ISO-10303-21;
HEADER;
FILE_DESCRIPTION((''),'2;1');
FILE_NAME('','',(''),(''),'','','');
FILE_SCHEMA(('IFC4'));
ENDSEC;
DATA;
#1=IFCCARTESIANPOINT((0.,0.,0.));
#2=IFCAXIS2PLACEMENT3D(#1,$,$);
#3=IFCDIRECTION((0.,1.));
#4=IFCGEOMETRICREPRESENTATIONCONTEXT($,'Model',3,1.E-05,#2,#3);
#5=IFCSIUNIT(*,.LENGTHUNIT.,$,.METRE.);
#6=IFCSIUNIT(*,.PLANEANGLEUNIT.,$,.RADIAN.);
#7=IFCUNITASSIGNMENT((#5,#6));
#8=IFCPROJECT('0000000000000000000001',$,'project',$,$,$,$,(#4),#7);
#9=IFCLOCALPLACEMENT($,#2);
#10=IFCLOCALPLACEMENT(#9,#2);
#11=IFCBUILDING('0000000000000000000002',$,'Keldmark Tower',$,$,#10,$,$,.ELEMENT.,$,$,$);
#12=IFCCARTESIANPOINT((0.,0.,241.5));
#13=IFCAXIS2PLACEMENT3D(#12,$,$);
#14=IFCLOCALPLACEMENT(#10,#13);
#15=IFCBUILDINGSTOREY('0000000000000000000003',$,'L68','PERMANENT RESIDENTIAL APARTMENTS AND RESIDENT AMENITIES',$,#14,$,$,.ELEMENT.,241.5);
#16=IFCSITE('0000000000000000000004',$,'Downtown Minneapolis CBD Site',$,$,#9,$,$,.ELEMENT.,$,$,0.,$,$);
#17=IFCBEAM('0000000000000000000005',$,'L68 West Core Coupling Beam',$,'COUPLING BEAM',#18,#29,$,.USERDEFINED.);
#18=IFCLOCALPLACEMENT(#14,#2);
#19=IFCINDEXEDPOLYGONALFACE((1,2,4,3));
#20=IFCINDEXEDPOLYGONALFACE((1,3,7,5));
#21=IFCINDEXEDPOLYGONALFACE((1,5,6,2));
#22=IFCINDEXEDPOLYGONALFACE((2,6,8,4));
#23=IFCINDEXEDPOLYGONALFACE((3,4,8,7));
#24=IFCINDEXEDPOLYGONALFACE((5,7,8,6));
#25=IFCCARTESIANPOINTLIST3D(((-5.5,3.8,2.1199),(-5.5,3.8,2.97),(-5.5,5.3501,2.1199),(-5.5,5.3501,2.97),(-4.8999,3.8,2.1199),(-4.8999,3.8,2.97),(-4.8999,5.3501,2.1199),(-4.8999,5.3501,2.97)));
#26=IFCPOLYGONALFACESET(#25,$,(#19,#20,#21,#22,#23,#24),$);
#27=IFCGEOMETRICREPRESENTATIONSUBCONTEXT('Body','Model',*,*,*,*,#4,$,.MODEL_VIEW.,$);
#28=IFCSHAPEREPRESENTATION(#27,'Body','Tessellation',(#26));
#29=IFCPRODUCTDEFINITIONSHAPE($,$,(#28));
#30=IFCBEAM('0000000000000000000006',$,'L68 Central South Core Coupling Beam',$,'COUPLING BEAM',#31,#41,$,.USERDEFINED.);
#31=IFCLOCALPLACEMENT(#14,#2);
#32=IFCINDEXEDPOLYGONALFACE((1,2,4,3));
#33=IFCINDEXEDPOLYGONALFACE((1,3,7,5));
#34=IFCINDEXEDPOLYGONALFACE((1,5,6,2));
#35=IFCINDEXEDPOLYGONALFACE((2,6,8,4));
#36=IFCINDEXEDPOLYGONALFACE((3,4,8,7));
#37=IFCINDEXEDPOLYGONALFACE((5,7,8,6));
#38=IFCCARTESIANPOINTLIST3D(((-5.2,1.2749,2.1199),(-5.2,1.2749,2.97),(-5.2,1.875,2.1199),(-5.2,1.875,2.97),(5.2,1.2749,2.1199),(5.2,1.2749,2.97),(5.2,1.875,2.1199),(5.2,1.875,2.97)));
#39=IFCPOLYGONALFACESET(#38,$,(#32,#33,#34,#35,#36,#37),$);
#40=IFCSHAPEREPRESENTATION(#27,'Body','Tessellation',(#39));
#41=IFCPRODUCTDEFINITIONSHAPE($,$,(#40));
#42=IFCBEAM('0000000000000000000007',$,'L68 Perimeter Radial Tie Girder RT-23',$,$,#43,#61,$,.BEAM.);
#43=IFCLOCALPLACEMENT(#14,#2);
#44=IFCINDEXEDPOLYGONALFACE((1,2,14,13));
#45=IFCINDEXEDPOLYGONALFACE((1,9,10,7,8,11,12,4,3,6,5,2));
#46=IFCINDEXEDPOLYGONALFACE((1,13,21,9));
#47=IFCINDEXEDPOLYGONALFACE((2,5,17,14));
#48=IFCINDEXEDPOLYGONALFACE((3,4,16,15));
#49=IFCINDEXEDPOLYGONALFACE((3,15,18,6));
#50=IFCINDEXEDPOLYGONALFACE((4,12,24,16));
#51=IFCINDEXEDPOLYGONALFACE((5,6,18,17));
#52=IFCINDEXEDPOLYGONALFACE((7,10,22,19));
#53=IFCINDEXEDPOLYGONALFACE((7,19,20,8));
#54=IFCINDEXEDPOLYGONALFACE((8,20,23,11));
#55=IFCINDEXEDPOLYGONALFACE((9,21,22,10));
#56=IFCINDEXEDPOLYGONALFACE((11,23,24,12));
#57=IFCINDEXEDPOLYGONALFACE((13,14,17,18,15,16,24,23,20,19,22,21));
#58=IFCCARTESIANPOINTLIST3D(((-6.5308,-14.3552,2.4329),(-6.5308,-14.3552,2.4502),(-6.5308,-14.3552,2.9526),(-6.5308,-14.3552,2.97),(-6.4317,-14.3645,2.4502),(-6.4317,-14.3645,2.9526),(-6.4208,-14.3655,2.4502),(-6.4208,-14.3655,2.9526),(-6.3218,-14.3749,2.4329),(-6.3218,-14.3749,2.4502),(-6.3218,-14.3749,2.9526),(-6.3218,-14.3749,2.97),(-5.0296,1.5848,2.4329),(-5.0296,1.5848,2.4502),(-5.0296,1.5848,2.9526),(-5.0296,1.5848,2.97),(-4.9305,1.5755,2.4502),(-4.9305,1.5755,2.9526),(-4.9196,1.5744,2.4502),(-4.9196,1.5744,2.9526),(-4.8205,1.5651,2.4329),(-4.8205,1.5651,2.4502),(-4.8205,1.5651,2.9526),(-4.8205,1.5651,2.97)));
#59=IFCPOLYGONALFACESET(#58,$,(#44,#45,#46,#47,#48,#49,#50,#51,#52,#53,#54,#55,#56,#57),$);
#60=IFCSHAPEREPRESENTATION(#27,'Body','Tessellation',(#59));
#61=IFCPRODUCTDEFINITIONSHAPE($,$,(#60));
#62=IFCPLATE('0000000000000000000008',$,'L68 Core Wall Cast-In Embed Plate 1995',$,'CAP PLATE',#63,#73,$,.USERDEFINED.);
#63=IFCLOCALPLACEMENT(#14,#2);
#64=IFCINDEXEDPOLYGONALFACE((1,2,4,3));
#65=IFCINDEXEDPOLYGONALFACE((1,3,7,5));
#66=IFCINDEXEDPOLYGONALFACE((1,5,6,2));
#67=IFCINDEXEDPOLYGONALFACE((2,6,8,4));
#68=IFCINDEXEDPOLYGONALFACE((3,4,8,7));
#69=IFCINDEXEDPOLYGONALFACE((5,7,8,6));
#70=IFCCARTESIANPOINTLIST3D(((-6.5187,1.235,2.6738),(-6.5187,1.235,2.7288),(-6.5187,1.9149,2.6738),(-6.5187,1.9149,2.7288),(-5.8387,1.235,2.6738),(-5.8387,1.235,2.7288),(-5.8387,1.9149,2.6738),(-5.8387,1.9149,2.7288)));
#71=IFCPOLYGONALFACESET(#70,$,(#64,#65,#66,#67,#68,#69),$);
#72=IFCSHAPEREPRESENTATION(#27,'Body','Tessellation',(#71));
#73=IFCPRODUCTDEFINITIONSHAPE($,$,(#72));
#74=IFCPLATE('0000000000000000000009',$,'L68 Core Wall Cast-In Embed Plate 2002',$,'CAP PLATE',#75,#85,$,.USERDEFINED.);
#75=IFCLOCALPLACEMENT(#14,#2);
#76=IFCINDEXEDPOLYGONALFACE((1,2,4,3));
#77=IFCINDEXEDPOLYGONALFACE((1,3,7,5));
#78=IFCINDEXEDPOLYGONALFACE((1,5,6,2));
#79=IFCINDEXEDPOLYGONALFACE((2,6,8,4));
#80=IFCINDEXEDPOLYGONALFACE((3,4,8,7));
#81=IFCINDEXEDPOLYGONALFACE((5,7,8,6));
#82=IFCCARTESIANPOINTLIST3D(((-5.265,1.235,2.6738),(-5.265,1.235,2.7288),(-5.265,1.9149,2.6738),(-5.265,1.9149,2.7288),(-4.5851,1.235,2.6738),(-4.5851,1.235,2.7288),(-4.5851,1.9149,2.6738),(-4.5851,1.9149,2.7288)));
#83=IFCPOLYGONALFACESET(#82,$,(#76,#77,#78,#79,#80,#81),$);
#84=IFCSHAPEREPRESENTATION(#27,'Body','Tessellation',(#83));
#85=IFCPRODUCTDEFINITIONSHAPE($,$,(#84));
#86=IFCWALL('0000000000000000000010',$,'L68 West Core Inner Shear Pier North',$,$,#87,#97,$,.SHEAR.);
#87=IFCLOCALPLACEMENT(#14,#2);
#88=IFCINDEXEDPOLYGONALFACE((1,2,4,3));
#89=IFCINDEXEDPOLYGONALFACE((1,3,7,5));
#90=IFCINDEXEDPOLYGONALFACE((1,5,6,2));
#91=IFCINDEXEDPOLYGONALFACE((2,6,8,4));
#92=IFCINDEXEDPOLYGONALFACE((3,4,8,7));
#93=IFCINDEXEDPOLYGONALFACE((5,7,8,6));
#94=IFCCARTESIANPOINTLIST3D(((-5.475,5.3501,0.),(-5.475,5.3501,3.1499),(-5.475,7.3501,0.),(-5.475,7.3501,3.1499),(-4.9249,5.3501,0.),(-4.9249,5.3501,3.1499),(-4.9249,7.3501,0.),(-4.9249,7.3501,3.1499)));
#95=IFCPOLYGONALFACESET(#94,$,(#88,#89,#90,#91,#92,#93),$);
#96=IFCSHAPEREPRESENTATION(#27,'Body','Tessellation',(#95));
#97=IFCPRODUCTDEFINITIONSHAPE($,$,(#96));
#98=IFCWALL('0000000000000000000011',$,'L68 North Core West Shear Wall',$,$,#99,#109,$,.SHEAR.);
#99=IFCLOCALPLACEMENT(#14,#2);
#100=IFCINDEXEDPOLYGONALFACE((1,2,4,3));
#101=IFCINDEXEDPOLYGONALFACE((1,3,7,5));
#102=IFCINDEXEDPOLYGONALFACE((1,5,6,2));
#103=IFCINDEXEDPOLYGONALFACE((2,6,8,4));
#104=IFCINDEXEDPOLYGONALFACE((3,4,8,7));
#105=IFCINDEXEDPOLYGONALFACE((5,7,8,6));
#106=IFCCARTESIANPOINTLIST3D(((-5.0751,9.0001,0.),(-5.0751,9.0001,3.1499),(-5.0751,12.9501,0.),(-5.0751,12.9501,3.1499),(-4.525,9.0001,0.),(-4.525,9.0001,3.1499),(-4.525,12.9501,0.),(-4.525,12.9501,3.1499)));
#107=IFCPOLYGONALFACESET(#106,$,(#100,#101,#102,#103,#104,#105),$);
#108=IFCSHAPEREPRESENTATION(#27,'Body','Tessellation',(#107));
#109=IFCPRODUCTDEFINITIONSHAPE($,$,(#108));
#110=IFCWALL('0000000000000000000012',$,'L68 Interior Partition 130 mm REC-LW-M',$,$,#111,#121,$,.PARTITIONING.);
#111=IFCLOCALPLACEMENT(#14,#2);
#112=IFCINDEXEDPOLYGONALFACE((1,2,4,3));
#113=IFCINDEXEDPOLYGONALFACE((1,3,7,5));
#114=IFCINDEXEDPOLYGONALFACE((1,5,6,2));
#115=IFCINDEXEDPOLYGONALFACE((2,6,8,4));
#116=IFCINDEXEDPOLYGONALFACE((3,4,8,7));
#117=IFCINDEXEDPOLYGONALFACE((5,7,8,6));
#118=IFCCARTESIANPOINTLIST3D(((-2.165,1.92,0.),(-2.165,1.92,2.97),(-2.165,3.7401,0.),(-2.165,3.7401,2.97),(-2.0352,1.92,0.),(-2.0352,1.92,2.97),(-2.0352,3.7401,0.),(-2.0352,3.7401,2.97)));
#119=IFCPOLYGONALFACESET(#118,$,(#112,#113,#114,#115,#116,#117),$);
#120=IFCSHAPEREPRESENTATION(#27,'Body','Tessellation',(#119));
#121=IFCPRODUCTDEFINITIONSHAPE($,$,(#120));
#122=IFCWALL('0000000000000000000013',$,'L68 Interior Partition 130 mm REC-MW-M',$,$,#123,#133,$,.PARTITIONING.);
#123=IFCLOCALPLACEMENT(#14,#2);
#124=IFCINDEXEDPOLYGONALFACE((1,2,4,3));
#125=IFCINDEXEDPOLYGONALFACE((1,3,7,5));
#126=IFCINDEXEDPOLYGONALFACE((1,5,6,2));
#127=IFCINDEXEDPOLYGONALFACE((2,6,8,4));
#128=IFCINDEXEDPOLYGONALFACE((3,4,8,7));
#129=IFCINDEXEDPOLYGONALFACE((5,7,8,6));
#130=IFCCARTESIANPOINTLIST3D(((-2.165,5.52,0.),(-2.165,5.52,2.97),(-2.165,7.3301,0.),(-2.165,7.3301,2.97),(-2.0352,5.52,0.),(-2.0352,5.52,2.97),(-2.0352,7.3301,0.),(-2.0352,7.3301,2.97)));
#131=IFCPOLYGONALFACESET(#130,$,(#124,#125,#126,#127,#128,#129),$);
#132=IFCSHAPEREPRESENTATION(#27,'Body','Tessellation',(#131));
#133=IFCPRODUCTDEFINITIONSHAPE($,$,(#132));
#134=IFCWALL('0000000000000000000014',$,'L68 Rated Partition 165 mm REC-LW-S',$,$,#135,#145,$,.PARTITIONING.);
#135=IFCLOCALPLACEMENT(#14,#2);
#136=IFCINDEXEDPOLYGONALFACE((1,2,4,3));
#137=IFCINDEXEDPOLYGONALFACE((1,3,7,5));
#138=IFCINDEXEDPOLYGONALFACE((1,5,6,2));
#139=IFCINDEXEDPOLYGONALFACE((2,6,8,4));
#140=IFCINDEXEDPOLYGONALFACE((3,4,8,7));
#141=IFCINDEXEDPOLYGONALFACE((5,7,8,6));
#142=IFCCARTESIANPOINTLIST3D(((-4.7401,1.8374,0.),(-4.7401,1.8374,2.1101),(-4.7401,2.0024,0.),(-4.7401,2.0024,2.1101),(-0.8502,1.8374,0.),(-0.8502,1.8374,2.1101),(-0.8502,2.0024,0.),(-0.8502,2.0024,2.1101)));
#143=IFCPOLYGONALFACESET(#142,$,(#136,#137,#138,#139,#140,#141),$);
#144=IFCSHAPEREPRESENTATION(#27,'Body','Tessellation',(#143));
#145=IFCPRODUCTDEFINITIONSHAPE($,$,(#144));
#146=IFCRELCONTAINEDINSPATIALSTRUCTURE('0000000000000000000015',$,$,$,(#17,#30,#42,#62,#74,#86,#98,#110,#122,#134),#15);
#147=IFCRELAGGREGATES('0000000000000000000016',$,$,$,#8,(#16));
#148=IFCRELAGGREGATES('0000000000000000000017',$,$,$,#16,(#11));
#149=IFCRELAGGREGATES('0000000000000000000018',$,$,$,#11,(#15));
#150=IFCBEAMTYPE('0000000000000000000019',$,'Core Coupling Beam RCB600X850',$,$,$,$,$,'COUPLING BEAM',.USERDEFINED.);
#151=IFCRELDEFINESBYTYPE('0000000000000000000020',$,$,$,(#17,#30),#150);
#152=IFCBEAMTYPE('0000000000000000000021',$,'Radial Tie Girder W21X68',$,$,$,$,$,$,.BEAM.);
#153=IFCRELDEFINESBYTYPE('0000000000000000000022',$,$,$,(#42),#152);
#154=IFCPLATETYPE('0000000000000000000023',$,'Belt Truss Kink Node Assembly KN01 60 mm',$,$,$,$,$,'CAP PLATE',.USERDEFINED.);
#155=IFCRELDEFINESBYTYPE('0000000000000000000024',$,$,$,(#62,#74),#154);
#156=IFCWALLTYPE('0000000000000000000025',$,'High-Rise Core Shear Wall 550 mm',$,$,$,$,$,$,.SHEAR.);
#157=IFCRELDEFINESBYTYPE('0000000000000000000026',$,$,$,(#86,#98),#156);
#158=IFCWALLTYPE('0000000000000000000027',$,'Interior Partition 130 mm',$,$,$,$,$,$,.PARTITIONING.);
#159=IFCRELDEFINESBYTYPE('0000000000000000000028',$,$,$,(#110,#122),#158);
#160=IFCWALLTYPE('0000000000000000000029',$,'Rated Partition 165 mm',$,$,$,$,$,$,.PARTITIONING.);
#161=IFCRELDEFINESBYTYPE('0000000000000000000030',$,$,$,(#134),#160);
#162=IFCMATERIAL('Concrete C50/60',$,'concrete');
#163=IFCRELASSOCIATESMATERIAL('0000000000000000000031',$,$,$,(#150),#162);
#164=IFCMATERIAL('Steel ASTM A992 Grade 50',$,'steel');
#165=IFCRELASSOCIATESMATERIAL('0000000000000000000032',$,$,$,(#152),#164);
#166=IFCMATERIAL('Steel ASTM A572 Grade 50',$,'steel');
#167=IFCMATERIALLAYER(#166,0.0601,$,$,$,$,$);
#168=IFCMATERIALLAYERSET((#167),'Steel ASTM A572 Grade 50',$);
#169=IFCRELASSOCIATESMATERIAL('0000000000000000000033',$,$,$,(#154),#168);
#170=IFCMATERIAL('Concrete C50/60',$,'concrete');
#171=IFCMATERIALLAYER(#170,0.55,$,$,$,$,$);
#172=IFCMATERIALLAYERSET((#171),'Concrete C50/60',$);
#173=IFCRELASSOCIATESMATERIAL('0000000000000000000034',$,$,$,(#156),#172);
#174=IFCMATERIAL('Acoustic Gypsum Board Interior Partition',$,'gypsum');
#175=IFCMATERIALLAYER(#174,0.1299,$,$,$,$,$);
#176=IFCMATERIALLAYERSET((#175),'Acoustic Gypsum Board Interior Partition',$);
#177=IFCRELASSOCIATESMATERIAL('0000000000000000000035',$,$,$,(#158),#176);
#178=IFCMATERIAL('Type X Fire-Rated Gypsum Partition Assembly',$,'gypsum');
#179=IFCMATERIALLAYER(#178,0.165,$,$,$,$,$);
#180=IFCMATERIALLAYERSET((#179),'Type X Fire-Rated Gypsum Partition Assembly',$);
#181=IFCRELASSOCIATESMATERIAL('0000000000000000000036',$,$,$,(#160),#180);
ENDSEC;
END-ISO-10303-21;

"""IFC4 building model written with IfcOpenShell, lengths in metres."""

from ifc_helpers import new_model, si_unit, direction, frame, frame_2d, origin, origin_2d, place, context, subcontext, project, spatial, rectangle, i_section, extrude, material, layer, layer_set, material_profile, profile_set, type_object, element, save


model = new_model("IFC4")

# Units and contexts
model_context = context("Model", 3, precision=1e-05, world=origin(), true_north=direction((0.0, 1.0)))
body_context = subcontext(model_context, "Body", "Model", "MODEL_VIEW")
ifc_project = project(units=[si_unit("LENGTHUNIT", "METRE"), si_unit("PLANEANGLEUNIT", "RADIAN")], contexts=[model_context])

# Site, building, storey
site_placement = place(None, origin())
site = spatial("IfcSite", under=ifc_project, at=site_placement, Name="Downtown Minneapolis CBD Site", CompositionType="ELEMENT", RefElevation=0.0)
building_placement = place(site_placement, origin())
building = spatial("IfcBuilding", under=site, at=building_placement, Name="Keldmark Tower", CompositionType="ELEMENT")
storey_placement = place(building_placement, frame((0.0, 0.0, 241.5)))
storey = spatial("IfcBuildingStorey", under=building, at=storey_placement, Name="L68", Description="PERMANENT RESIDENTIAL APARTMENTS AND RESIDENT AMENITIES", CompositionType="ELEMENT", Elevation=241.5)

# Beams
ifc_material_1 = material(Name="Concrete C50/60", Category="concrete")
ifc_material_profile_1 = material_profile(ifc_material_1, rectangle(XDim=0.6001, YDim=0.8501, at=origin_2d()), Name="RCB600X850")
ifc_profile_set_1 = profile_set([ifc_material_profile_1], Name="Concrete C50/60")
beam_type_1 = type_object("IfcBeamType", Name="Core Coupling Beam RCB600X850", ElementType="COUPLING BEAM", PredefinedType="USERDEFINED", material=ifc_profile_set_1)
beam_1_placement = place(storey_placement, frame((-5.2, 3.8, 2.5449), z_axis=(0.0, 1.0, 0.0), x_axis=(-1.0, 0.0, 0.0)))
element("IfcBeam", 1, at=beam_1_placement, inside=storey, type_object=beam_type_1, Name="L68 West Core Coupling Beam", ObjectType="COUPLING BEAM", PredefinedType="USERDEFINED", context=body_context, shape_type="SweptSolid", body=[
    extrude(rectangle(XDim=0.6001, YDim=0.8501, at=origin_2d()), origin(), (0.0, 0.0, 1.0), 1.55),
])
beam_2_placement = place(storey_placement, frame((-5.2, 1.575, 2.5449), z_axis=(1.0, 0.0, 0.0), x_axis=(0.0, 1.0, 0.0)))
element("IfcBeam", 2, at=beam_2_placement, inside=storey, type_object=beam_type_1, Name="L68 Central South Core Coupling Beam", ObjectType="COUPLING BEAM", PredefinedType="USERDEFINED", context=body_context, shape_type="SweptSolid", body=[
    extrude(rectangle(XDim=0.6001, YDim=0.8501, at=origin_2d()), origin(), (0.0, 0.0, 1.0), 10.3999),
])
ifc_material_2 = material(Name="Steel ASTM A992 Grade 50", Category="steel")
ifc_material_profile_2 = material_profile(ifc_material_2, i_section(OverallWidth=0.21, OverallDepth=0.5371, WebThickness=0.011, FlangeThickness=0.0173, at=origin_2d()), Name="W21X68")
ifc_profile_set_2 = profile_set([ifc_material_profile_2], Name="Steel ASTM A992 Grade 50")
beam_type_2 = type_object("IfcBeamType", Name="Radial Tie Girder W21X68", PredefinedType="BEAM", material=ifc_profile_set_2)
beam_3_placement = place(storey_placement, frame((-4.925, 1.575, 2.7014), z_axis=(-0.093765, -0.995594, 0.0), x_axis=(0.995594, -0.093765, 0.0)))
element("IfcBeam", 3, at=beam_3_placement, inside=storey, type_object=beam_type_2, Name="L68 Perimeter Radial Tie Girder RT-23", PredefinedType="BEAM", context=body_context, shape_type="SweptSolid", body=[
    extrude(i_section(OverallWidth=0.21, OverallDepth=0.5371, WebThickness=0.011, FlangeThickness=0.0173, at=origin_2d()), origin(), (0.0, 0.0, 1.0), 16.0105),
])

# Plates
ifc_material_3 = material(Name="Steel ASTM A572 Grade 50", Category="steel")
ifc_layer_1 = layer(ifc_material_3, 0.0601)
ifc_layer_set_1 = layer_set([ifc_layer_1], Name="Steel ASTM A572 Grade 50")
plate_type = type_object("IfcPlateType", Name="Belt Truss Kink Node Assembly KN01 60 mm", ElementType="CAP PLATE", PredefinedType="USERDEFINED", material=ifc_layer_set_1)
for number, where, z_axis, x_axis, name in (
    (4, (-6.1787, 1.575, 2.6738), (0.0, 0.0, 1.0), (1.0, 0.0, 0.0), "L68 Core Wall Cast-In Embed Plate 1995"),
    (5, (-4.925, 1.575, 2.6738), (0.0, 0.0, 1.0), (1.0, 0.0, 0.0), "L68 Core Wall Cast-In Embed Plate 2002"),
):
    element("IfcPlate", number, at=place(storey_placement, frame(where, z_axis=z_axis, x_axis=x_axis)), inside=storey, type_object=plate_type, Name=name, ObjectType="CAP PLATE", PredefinedType="USERDEFINED", context=body_context, shape_type="SweptSolid", body=[
        extrude(rectangle(XDim=0.6799, YDim=0.6799, at=origin_2d()), origin(), (0.0, 0.0, 1.0), 0.0549),
    ])

# Shared definitions
ifc_material_4 = material(Name="Concrete C50/60", Category="concrete")
ifc_layer_2 = layer(ifc_material_4, 0.55)
ifc_layer_set_2 = layer_set([ifc_layer_2], Name="Concrete C50/60")
wall_type_1 = type_object("IfcWallType", Name="High-Rise Core Shear Wall 550 mm", PredefinedType="SHEAR", material=ifc_layer_set_2)

# Walls
wall_1_placement = place(storey_placement, frame((-5.2, 5.3501, 0.0), z_axis=(0.0, 0.0, 1.0), x_axis=(0.0, 1.0, 0.0)))
element("IfcWall", 6, at=wall_1_placement, inside=storey, type_object=wall_type_1, Name="L68 West Core Inner Shear Pier North", PredefinedType="SHEAR", context=body_context, shape_type="SweptSolid", body=[
    extrude(rectangle(XDim=2.0, YDim=0.55, at=frame_2d((1.0, 0.0))), origin(), (0.0, 0.0, 1.0), 3.1499),
])
wall_2_placement = place(storey_placement, frame((-4.8, 9.0, 0.0), z_axis=(0.0, 0.0, 1.0), x_axis=(0.0, 1.0, 0.0)))
element("IfcWall", 7, at=wall_2_placement, inside=storey, type_object=wall_type_1, Name="L68 North Core West Shear Wall", PredefinedType="SHEAR", context=body_context, shape_type="SweptSolid", body=[
    extrude(rectangle(XDim=3.95, YDim=0.55, at=frame_2d((1.9751, 0.0))), origin(), (0.0, 0.0, 1.0), 3.1499),
])
ifc_material_5 = material(Name="Acoustic Gypsum Board Interior Partition", Category="gypsum")
ifc_layer_3 = layer(ifc_material_5, 0.1299)
ifc_layer_set_3 = layer_set([ifc_layer_3], Name="Acoustic Gypsum Board Interior Partition")
wall_type_2 = type_object("IfcWallType", Name="Interior Partition 130 mm", PredefinedType="PARTITIONING", material=ifc_layer_set_3)
wall_3_placement = place(storey_placement, frame((-2.1001, 1.9199, 0.0), z_axis=(0.0, 0.0, 1.0), x_axis=(0.0, 1.0, 0.0)))
element("IfcWall", 8, at=wall_3_placement, inside=storey, type_object=wall_type_2, Name="L68 Interior Partition 130 mm REC-LW-M", PredefinedType="PARTITIONING", context=body_context, shape_type="SweptSolid", body=[
    extrude(rectangle(XDim=1.8201, YDim=0.1299, at=frame_2d((0.9102, 0.0))), origin(), (0.0, 0.0, 1.0), 2.97),
])
wall_4_placement = place(storey_placement, frame((-2.1001, 5.52, 0.0), z_axis=(0.0, 0.0, 1.0), x_axis=(0.0, 1.0, 0.0)))
element("IfcWall", 9, at=wall_4_placement, inside=storey, type_object=wall_type_2, Name="L68 Interior Partition 130 mm REC-MW-M", PredefinedType="PARTITIONING", context=body_context, shape_type="SweptSolid", body=[
    extrude(rectangle(XDim=1.8101, YDim=0.1299, at=frame_2d((0.905, 0.0))), origin(), (0.0, 0.0, 1.0), 2.97),
])
ifc_material_6 = material(Name="Type X Fire-Rated Gypsum Partition Assembly", Category="gypsum")
ifc_layer_4 = layer(ifc_material_6, 0.165)
ifc_layer_set_4 = layer_set([ifc_layer_4], Name="Type X Fire-Rated Gypsum Partition Assembly")
wall_type_3 = type_object("IfcWallType", Name="Rated Partition 165 mm", PredefinedType="PARTITIONING", material=ifc_layer_set_4)
wall_5_placement = place(storey_placement, frame((-4.74, 1.9199, 0.0), z_axis=(0.0, 0.0, 1.0), x_axis=(1.0, 0.0, 0.0)))
element("IfcWall", 10, at=wall_5_placement, inside=storey, type_object=wall_type_3, Name="L68 Rated Partition 165 mm REC-LW-S", PredefinedType="PARTITIONING", context=body_context, shape_type="SweptSolid", body=[
    extrude(rectangle(XDim=3.8899, YDim=0.165, at=frame_2d((1.9448, 0.0))), origin(), (0.0, 0.0, 1.0), 2.1101),
])

save(model, "model.ifc")
